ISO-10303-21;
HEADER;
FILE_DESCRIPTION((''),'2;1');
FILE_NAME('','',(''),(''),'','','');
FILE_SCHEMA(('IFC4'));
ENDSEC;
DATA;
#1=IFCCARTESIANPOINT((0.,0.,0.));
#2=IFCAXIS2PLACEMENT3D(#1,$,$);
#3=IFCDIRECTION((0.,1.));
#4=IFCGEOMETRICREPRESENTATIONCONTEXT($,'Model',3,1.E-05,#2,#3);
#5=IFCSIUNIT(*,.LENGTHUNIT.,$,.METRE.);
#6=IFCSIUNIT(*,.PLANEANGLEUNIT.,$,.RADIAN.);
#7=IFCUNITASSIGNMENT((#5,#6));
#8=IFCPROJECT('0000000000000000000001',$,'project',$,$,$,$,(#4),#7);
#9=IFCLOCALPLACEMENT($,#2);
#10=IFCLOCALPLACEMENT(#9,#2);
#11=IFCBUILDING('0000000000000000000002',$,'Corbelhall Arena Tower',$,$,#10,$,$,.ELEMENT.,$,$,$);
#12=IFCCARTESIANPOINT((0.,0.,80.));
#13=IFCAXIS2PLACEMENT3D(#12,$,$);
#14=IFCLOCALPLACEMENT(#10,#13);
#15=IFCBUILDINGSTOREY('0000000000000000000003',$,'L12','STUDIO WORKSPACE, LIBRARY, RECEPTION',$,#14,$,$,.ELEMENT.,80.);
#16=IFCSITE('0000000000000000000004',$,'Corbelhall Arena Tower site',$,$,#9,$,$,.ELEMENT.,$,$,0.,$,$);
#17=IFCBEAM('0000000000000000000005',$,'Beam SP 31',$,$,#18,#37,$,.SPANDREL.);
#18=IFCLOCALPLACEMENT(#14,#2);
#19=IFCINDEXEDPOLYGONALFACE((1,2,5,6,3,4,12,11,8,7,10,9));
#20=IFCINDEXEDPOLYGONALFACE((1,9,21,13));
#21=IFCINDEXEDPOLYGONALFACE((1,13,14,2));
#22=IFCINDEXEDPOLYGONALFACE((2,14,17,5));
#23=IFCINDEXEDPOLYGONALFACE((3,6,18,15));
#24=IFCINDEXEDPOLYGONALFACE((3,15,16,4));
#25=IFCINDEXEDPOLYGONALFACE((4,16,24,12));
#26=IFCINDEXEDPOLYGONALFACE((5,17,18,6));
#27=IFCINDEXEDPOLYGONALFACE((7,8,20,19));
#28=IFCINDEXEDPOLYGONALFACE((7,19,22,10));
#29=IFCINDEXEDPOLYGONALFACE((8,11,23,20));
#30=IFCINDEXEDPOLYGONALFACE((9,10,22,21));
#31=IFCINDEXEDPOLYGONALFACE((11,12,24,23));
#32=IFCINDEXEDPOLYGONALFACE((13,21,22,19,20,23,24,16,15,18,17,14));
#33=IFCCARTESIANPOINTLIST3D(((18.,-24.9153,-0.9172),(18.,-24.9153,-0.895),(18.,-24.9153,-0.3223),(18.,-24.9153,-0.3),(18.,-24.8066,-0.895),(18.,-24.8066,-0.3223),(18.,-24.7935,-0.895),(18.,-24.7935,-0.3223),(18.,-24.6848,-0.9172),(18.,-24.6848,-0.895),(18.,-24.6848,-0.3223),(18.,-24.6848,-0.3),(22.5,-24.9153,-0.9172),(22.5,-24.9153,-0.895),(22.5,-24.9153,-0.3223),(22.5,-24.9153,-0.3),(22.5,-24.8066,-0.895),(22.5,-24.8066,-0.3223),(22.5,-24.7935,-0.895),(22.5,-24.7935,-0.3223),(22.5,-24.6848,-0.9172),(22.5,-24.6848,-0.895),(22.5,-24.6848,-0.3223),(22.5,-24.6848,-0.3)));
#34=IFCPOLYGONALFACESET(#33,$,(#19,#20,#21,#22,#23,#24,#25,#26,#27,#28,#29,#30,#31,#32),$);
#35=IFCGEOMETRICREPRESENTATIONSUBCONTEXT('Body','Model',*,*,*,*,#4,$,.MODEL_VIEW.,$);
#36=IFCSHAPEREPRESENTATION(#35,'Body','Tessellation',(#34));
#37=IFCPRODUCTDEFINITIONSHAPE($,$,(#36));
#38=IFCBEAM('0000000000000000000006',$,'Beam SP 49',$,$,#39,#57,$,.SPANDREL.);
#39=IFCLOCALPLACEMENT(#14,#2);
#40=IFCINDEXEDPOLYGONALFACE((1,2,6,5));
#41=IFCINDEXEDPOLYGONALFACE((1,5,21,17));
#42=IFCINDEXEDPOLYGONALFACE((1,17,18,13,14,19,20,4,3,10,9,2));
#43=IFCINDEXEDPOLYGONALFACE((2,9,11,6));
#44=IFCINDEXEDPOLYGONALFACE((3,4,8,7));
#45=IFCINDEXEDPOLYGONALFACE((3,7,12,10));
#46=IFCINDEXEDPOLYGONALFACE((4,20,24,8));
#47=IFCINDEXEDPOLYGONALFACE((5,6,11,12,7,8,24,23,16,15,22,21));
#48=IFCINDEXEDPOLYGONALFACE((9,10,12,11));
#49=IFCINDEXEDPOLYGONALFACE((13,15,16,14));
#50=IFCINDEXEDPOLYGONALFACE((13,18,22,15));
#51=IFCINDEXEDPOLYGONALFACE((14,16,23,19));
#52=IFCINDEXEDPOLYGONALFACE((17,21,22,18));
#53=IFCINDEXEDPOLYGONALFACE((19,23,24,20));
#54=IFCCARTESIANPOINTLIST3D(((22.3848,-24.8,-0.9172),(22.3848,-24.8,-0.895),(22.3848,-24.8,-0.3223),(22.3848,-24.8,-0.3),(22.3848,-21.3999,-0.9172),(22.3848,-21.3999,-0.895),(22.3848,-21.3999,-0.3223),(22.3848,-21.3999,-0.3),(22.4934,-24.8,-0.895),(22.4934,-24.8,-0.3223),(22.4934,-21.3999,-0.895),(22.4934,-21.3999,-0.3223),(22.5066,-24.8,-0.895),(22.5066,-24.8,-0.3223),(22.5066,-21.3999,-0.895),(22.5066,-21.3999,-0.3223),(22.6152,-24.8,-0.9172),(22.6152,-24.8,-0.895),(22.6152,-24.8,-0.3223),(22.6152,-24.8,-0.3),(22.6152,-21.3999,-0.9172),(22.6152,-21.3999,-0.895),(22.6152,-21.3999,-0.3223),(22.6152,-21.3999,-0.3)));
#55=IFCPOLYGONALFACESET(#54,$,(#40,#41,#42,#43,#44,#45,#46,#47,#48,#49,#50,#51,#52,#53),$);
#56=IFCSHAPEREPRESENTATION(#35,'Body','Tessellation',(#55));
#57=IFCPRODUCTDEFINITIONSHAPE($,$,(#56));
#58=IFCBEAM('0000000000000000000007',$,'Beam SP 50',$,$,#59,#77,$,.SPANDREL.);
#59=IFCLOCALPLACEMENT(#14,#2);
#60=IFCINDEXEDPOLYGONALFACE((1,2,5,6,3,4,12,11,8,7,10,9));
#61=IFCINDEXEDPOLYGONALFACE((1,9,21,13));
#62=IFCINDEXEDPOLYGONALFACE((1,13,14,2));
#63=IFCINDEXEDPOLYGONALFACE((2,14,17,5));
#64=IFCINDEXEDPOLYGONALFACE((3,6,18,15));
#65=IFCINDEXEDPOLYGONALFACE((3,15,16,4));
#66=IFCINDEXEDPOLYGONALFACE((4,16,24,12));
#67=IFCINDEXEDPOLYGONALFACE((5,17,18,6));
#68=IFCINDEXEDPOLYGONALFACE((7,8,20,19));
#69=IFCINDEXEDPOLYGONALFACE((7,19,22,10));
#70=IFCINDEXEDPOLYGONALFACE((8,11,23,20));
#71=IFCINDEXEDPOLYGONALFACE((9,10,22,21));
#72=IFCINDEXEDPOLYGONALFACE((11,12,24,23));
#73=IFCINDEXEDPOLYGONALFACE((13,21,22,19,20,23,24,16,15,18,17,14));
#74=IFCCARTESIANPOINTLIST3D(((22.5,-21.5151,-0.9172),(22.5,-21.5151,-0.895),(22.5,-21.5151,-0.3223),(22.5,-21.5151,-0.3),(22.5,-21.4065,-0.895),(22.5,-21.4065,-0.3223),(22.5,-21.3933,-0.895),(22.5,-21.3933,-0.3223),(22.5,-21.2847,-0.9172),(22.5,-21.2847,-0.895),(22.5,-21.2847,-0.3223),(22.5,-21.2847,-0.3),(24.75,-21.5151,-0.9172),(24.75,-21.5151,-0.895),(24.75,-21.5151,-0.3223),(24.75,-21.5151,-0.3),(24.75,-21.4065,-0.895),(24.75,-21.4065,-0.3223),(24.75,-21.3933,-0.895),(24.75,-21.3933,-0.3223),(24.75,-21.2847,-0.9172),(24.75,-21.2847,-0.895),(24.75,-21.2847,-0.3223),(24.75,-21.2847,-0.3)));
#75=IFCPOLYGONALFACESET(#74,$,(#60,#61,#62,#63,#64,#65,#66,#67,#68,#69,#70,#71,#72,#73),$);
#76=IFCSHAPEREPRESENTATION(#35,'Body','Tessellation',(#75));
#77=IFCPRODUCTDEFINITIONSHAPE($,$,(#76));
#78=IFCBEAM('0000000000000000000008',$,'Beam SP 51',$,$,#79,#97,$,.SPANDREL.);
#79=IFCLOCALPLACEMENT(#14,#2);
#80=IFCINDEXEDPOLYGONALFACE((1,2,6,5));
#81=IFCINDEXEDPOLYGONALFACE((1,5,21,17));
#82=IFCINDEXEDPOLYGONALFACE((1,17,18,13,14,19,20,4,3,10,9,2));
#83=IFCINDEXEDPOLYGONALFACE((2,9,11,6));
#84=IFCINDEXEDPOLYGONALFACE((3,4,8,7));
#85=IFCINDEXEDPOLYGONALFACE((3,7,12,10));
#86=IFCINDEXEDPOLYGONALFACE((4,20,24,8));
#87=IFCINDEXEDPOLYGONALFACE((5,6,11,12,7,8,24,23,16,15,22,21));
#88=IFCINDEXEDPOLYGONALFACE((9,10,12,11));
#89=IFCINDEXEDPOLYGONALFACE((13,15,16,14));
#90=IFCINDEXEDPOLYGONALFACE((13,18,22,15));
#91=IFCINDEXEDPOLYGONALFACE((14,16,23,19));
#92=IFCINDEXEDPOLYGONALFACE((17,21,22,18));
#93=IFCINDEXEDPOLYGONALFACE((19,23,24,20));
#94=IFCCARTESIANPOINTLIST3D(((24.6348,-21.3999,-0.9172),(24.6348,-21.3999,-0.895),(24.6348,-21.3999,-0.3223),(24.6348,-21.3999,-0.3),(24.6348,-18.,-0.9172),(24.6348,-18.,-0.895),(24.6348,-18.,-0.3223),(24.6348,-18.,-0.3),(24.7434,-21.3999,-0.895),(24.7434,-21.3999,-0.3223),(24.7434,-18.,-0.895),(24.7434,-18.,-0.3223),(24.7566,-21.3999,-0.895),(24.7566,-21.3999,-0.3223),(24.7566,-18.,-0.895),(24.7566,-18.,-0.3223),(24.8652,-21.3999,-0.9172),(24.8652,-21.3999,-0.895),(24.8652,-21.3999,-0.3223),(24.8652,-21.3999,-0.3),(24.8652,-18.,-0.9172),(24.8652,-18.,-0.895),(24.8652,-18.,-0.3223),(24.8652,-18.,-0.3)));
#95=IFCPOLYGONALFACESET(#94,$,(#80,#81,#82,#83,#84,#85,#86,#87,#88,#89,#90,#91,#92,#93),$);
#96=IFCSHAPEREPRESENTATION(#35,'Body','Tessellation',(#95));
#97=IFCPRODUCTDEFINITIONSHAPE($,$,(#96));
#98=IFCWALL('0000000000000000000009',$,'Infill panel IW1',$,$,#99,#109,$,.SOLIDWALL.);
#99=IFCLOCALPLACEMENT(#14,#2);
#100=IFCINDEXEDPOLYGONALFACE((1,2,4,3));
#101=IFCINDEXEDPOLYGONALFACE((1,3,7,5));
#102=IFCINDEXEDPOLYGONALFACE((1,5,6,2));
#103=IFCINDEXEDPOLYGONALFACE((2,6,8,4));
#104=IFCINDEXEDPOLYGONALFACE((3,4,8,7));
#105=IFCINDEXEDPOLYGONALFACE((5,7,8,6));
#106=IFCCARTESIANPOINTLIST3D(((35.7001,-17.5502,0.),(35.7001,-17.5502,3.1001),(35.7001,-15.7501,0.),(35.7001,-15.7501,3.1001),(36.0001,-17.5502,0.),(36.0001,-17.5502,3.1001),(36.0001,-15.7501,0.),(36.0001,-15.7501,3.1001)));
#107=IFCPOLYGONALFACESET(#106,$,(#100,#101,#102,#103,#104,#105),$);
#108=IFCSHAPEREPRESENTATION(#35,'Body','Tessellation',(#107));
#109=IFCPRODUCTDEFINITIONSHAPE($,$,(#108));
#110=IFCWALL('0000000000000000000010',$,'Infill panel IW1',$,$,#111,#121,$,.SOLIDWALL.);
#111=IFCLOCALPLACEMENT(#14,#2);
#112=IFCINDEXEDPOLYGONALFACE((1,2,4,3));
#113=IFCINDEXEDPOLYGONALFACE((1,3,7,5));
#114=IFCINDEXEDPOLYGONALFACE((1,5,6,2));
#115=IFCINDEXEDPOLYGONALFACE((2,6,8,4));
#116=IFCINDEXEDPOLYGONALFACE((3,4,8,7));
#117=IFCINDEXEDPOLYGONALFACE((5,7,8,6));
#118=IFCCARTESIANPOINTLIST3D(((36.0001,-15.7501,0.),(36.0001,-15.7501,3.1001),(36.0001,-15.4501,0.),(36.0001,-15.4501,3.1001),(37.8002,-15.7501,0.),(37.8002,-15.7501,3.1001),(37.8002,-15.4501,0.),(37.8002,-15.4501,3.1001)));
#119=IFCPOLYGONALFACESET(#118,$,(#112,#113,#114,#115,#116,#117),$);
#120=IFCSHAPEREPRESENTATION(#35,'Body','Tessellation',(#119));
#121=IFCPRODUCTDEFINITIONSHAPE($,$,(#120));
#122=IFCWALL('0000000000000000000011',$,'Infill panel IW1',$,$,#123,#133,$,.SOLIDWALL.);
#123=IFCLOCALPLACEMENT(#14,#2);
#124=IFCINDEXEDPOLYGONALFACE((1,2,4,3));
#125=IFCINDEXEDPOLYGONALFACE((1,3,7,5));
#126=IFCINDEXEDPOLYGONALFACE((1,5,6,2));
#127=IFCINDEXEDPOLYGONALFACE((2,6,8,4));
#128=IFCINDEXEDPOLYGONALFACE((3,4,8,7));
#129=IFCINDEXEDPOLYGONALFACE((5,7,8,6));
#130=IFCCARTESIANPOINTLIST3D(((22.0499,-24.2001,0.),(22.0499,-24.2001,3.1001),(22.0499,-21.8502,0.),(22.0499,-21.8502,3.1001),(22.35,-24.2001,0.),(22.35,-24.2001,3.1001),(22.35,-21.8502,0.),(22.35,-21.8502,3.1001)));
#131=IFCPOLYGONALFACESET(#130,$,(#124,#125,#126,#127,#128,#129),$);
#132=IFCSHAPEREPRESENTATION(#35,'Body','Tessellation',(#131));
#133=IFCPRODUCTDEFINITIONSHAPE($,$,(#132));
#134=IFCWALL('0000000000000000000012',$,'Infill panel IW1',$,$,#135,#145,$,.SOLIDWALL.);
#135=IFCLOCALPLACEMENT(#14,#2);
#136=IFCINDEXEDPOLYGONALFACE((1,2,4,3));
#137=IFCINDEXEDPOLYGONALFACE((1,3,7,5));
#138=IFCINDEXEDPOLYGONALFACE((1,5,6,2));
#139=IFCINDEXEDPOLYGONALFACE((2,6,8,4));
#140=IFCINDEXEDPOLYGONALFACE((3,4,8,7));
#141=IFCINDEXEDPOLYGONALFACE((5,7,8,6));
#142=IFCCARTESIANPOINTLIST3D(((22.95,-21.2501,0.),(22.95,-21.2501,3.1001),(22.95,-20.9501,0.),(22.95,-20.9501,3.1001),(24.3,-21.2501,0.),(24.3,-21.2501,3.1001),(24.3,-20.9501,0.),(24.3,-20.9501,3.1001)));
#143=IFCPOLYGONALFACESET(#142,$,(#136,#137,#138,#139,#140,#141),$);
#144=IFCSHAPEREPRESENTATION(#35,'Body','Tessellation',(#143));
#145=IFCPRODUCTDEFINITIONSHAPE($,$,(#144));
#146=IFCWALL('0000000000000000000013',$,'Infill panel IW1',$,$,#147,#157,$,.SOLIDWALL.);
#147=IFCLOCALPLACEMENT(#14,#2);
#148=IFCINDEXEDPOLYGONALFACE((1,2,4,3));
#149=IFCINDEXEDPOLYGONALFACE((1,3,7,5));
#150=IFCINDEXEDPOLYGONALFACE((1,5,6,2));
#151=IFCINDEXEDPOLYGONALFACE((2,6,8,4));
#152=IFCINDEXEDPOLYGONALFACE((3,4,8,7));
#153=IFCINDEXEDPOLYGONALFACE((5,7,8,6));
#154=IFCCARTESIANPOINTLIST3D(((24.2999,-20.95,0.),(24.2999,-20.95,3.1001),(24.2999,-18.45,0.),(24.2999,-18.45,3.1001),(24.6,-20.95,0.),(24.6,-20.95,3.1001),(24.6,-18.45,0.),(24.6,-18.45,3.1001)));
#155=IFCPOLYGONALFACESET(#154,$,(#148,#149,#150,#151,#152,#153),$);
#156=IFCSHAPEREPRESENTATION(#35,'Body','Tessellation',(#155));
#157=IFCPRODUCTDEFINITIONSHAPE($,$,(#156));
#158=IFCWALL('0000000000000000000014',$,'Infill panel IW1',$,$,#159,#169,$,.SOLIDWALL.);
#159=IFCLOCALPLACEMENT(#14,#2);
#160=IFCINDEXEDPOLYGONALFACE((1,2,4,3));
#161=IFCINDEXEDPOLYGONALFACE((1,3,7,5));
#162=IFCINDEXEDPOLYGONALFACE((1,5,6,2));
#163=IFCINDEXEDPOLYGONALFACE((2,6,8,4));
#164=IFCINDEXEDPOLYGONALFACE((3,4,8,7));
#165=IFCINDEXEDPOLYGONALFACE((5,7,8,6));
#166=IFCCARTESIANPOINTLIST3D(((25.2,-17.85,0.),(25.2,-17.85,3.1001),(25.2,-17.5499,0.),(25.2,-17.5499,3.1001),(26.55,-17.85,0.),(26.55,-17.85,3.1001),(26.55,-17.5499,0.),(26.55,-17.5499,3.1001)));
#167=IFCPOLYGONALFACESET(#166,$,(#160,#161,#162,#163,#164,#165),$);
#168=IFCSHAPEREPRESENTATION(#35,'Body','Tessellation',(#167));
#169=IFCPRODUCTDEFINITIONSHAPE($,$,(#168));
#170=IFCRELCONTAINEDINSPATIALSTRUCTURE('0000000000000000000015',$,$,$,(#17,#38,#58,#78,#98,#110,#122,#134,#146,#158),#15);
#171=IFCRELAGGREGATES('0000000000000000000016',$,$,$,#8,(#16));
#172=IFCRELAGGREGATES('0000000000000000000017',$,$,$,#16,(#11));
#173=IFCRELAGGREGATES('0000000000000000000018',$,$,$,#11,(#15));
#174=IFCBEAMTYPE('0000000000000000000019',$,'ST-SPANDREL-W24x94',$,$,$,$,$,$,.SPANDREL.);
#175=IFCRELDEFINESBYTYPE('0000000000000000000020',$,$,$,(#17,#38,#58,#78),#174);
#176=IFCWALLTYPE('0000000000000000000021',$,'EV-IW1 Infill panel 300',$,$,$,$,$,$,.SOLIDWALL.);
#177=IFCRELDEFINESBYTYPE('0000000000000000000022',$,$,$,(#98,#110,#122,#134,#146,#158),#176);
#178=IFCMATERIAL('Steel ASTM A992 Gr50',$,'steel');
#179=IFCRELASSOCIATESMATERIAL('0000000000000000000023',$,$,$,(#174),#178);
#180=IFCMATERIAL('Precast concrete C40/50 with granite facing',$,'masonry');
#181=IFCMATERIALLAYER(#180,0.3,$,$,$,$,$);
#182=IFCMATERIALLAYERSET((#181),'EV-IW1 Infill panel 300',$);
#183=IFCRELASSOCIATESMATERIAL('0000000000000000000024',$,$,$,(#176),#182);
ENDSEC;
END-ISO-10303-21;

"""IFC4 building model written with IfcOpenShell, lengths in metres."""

from ifc_helpers import new_model, si_unit, direction, frame, frame_2d, origin, origin_2d, place, context, subcontext, project, spatial, rectangle, i_section, extrude, material, layer, layer_set, material_profile, profile_set, type_object, element, save


model = new_model("IFC4")

# Units and contexts
model_context = context("Model", 3, precision=1e-05, world=origin(), true_north=direction((0.0, 1.0)))
body_context = subcontext(model_context, "Body", "Model", "MODEL_VIEW")
ifc_project = project(units=[si_unit("LENGTHUNIT", "METRE"), si_unit("PLANEANGLEUNIT", "RADIAN")], contexts=[model_context])

# Site, building, storey
site_placement = place(None, origin())
site = spatial("IfcSite", under=ifc_project, at=site_placement, Name="Corbelhall Arena Tower site", CompositionType="ELEMENT", RefElevation=0.0)
building_placement = place(site_placement, origin())
building = spatial("IfcBuilding", under=site, at=building_placement, Name="Corbelhall Arena Tower", CompositionType="ELEMENT")
storey_placement = place(building_placement, frame((0.0, 0.0, 80.0)))
storey = spatial("IfcBuildingStorey", under=building, at=storey_placement, Name="L12", Description="STUDIO WORKSPACE, LIBRARY, RECEPTION", CompositionType="ELEMENT", Elevation=80.0)

# Beams
ifc_material_1 = material(Name="Steel ASTM A992 Gr50", Category="steel")
ifc_material_profile_1 = material_profile(ifc_material_1, i_section(OverallWidth=0.2305, OverallDepth=0.6172, WebThickness=0.0132, FlangeThickness=0.0222, at=origin_2d()))
ifc_profile_set_1 = profile_set([ifc_material_profile_1], Name="Steel ASTM A992 Gr50")
beam_type = type_object("IfcBeamType", Name="ST-SPANDREL-W24x94", PredefinedType="SPANDREL", material=ifc_profile_set_1)
for number, where, z_axis, x_axis, name in (
    (1, (22.5, -24.8, -0.6086), (-1.0, 0.0, 0.0), (0.0, -1.0, 0.0), "Beam SP 31"),
):
    element("IfcBeam", number, at=place(storey_placement, frame(where, z_axis=z_axis, x_axis=x_axis)), inside=storey, type_object=beam_type, Name=name, PredefinedType="SPANDREL", context=body_context, shape_type="SweptSolid", body=[
        extrude(i_section(OverallWidth=0.2305, OverallDepth=0.6172, WebThickness=0.0132, FlangeThickness=0.0222, at=origin_2d()), origin(), (0.0, 0.0, 1.0), 4.5),
    ])
beam_1_placement = place(storey_placement, frame((22.5, -21.3999, -0.6086), z_axis=(0.0, -1.0, 0.0), x_axis=(1.0, 0.0, 0.0)))
element("IfcBeam", 2, at=beam_1_placement, inside=storey, type_object=beam_type, Name="Beam SP 49", PredefinedType="SPANDREL", context=body_context, shape_type="SweptSolid", body=[
    extrude(i_section(OverallWidth=0.2305, OverallDepth=0.6172, WebThickness=0.0132, FlangeThickness=0.0222, at=origin_2d()), origin(), (0.0, 0.0, 1.0), 3.4001),
])
beam_2_placement = place(storey_placement, frame((24.75, -21.3999, -0.6086), z_axis=(-1.0, 0.0, 0.0), x_axis=(0.0, -1.0, 0.0)))
element("IfcBeam", 3, at=beam_2_placement, inside=storey, type_object=beam_type, Name="Beam SP 50", PredefinedType="SPANDREL", context=body_context, shape_type="SweptSolid", body=[
    extrude(i_section(OverallWidth=0.2305, OverallDepth=0.6172, WebThickness=0.0132, FlangeThickness=0.0222, at=origin_2d()), origin(), (0.0, 0.0, 1.0), 2.25),
])
beam_3_placement = place(storey_placement, frame((24.75, -18.0, -0.6086), z_axis=(0.0, -1.0, 0.0), x_axis=(1.0, 0.0, 0.0)))
element("IfcBeam", 4, at=beam_3_placement, inside=storey, type_object=beam_type, Name="Beam SP 51", PredefinedType="SPANDREL", context=body_context, shape_type="SweptSolid", body=[
    extrude(i_section(OverallWidth=0.2305, OverallDepth=0.6172, WebThickness=0.0132, FlangeThickness=0.0222, at=origin_2d()), origin(), (0.0, 0.0, 1.0), 3.3999),
])

# Walls
ifc_material_2 = material(Name="Precast concrete C40/50 with granite facing", Category="masonry")
ifc_layer = layer(ifc_material_2, 0.3)
ifc_layer_set = layer_set([ifc_layer], Name="EV-IW1 Infill panel 300")
wall_type = type_object("IfcWallType", Name="EV-IW1 Infill panel 300", PredefinedType="SOLIDWALL", material=ifc_layer_set)
for number, where, z_axis, x_axis, name in (
    (5, (35.8501, -17.55, 0.0), (0.0, 0.0, 1.0), (0.0, 1.0, 0.0), "Infill panel IW1"),
    (6, (37.8, -15.6001, 0.0), (0.0, 0.0, 1.0), (-1.0, 0.0, 0.0), "Infill panel IW1"),
):
    element("IfcWall", number, at=place(storey_placement, frame(where, z_axis=z_axis, x_axis=x_axis)), inside=storey, type_object=wall_type, Name=name, PredefinedType="SOLIDWALL", context=body_context, shape_type="SweptSolid", body=[
        extrude(rectangle(XDim=1.8, YDim=0.3, at=frame_2d((0.8999, 0.0))), origin(), (0.0, 0.0, 1.0), 3.1001),
    ])

# Walls
wall_1_placement = place(storey_placement, frame((22.2, -24.2, 0.0), z_axis=(0.0, 0.0, 1.0), x_axis=(0.0, 1.0, 0.0)))
element("IfcWall", 7, at=wall_1_placement, inside=storey, type_object=wall_type, Name="Infill panel IW1", PredefinedType="SOLIDWALL", context=body_context, shape_type="SweptSolid", body=[
    extrude(rectangle(XDim=2.3499, YDim=0.3, at=frame_2d((1.1748, 0.0))), origin(), (0.0, 0.0, 1.0), 3.1001),
])
wall_2_placement = place(storey_placement, frame((22.95, -21.1001, 0.0), z_axis=(0.0, 0.0, 1.0), x_axis=(1.0, 0.0, 0.0)))
element("IfcWall", 8, at=wall_2_placement, inside=storey, type_object=wall_type, Name="Infill panel IW1", PredefinedType="SOLIDWALL", context=body_context, shape_type="SweptSolid", body=[
    extrude(rectangle(XDim=1.3501, YDim=0.3, at=frame_2d((0.675, 0.0))), origin(), (0.0, 0.0, 1.0), 3.1001),
])
wall_3_placement = place(storey_placement, frame((24.45, -20.95, 0.0), z_axis=(0.0, 0.0, 1.0), x_axis=(0.0, 1.0, 0.0)))
element("IfcWall", 9, at=wall_3_placement, inside=storey, type_object=wall_type, Name="Infill panel IW1", PredefinedType="SOLIDWALL", context=body_context, shape_type="SweptSolid", body=[
    extrude(rectangle(XDim=2.5, YDim=0.3, at=frame_2d((1.25, 0.0))), origin(), (0.0, 0.0, 1.0), 3.1001),
])
wall_4_placement = place(storey_placement, frame((25.2, -17.7, 0.0), z_axis=(0.0, 0.0, 1.0), x_axis=(1.0, 0.0, 0.0)))
element("IfcWall", 10, at=wall_4_placement, inside=storey, type_object=wall_type, Name="Infill panel IW1", PredefinedType="SOLIDWALL", context=body_context, shape_type="SweptSolid", body=[
    extrude(rectangle(XDim=1.3501, YDim=0.3, at=frame_2d((0.675, 0.0))), origin(), (0.0, 0.0, 1.0), 3.1001),
])

save(model, "model.ifc")
